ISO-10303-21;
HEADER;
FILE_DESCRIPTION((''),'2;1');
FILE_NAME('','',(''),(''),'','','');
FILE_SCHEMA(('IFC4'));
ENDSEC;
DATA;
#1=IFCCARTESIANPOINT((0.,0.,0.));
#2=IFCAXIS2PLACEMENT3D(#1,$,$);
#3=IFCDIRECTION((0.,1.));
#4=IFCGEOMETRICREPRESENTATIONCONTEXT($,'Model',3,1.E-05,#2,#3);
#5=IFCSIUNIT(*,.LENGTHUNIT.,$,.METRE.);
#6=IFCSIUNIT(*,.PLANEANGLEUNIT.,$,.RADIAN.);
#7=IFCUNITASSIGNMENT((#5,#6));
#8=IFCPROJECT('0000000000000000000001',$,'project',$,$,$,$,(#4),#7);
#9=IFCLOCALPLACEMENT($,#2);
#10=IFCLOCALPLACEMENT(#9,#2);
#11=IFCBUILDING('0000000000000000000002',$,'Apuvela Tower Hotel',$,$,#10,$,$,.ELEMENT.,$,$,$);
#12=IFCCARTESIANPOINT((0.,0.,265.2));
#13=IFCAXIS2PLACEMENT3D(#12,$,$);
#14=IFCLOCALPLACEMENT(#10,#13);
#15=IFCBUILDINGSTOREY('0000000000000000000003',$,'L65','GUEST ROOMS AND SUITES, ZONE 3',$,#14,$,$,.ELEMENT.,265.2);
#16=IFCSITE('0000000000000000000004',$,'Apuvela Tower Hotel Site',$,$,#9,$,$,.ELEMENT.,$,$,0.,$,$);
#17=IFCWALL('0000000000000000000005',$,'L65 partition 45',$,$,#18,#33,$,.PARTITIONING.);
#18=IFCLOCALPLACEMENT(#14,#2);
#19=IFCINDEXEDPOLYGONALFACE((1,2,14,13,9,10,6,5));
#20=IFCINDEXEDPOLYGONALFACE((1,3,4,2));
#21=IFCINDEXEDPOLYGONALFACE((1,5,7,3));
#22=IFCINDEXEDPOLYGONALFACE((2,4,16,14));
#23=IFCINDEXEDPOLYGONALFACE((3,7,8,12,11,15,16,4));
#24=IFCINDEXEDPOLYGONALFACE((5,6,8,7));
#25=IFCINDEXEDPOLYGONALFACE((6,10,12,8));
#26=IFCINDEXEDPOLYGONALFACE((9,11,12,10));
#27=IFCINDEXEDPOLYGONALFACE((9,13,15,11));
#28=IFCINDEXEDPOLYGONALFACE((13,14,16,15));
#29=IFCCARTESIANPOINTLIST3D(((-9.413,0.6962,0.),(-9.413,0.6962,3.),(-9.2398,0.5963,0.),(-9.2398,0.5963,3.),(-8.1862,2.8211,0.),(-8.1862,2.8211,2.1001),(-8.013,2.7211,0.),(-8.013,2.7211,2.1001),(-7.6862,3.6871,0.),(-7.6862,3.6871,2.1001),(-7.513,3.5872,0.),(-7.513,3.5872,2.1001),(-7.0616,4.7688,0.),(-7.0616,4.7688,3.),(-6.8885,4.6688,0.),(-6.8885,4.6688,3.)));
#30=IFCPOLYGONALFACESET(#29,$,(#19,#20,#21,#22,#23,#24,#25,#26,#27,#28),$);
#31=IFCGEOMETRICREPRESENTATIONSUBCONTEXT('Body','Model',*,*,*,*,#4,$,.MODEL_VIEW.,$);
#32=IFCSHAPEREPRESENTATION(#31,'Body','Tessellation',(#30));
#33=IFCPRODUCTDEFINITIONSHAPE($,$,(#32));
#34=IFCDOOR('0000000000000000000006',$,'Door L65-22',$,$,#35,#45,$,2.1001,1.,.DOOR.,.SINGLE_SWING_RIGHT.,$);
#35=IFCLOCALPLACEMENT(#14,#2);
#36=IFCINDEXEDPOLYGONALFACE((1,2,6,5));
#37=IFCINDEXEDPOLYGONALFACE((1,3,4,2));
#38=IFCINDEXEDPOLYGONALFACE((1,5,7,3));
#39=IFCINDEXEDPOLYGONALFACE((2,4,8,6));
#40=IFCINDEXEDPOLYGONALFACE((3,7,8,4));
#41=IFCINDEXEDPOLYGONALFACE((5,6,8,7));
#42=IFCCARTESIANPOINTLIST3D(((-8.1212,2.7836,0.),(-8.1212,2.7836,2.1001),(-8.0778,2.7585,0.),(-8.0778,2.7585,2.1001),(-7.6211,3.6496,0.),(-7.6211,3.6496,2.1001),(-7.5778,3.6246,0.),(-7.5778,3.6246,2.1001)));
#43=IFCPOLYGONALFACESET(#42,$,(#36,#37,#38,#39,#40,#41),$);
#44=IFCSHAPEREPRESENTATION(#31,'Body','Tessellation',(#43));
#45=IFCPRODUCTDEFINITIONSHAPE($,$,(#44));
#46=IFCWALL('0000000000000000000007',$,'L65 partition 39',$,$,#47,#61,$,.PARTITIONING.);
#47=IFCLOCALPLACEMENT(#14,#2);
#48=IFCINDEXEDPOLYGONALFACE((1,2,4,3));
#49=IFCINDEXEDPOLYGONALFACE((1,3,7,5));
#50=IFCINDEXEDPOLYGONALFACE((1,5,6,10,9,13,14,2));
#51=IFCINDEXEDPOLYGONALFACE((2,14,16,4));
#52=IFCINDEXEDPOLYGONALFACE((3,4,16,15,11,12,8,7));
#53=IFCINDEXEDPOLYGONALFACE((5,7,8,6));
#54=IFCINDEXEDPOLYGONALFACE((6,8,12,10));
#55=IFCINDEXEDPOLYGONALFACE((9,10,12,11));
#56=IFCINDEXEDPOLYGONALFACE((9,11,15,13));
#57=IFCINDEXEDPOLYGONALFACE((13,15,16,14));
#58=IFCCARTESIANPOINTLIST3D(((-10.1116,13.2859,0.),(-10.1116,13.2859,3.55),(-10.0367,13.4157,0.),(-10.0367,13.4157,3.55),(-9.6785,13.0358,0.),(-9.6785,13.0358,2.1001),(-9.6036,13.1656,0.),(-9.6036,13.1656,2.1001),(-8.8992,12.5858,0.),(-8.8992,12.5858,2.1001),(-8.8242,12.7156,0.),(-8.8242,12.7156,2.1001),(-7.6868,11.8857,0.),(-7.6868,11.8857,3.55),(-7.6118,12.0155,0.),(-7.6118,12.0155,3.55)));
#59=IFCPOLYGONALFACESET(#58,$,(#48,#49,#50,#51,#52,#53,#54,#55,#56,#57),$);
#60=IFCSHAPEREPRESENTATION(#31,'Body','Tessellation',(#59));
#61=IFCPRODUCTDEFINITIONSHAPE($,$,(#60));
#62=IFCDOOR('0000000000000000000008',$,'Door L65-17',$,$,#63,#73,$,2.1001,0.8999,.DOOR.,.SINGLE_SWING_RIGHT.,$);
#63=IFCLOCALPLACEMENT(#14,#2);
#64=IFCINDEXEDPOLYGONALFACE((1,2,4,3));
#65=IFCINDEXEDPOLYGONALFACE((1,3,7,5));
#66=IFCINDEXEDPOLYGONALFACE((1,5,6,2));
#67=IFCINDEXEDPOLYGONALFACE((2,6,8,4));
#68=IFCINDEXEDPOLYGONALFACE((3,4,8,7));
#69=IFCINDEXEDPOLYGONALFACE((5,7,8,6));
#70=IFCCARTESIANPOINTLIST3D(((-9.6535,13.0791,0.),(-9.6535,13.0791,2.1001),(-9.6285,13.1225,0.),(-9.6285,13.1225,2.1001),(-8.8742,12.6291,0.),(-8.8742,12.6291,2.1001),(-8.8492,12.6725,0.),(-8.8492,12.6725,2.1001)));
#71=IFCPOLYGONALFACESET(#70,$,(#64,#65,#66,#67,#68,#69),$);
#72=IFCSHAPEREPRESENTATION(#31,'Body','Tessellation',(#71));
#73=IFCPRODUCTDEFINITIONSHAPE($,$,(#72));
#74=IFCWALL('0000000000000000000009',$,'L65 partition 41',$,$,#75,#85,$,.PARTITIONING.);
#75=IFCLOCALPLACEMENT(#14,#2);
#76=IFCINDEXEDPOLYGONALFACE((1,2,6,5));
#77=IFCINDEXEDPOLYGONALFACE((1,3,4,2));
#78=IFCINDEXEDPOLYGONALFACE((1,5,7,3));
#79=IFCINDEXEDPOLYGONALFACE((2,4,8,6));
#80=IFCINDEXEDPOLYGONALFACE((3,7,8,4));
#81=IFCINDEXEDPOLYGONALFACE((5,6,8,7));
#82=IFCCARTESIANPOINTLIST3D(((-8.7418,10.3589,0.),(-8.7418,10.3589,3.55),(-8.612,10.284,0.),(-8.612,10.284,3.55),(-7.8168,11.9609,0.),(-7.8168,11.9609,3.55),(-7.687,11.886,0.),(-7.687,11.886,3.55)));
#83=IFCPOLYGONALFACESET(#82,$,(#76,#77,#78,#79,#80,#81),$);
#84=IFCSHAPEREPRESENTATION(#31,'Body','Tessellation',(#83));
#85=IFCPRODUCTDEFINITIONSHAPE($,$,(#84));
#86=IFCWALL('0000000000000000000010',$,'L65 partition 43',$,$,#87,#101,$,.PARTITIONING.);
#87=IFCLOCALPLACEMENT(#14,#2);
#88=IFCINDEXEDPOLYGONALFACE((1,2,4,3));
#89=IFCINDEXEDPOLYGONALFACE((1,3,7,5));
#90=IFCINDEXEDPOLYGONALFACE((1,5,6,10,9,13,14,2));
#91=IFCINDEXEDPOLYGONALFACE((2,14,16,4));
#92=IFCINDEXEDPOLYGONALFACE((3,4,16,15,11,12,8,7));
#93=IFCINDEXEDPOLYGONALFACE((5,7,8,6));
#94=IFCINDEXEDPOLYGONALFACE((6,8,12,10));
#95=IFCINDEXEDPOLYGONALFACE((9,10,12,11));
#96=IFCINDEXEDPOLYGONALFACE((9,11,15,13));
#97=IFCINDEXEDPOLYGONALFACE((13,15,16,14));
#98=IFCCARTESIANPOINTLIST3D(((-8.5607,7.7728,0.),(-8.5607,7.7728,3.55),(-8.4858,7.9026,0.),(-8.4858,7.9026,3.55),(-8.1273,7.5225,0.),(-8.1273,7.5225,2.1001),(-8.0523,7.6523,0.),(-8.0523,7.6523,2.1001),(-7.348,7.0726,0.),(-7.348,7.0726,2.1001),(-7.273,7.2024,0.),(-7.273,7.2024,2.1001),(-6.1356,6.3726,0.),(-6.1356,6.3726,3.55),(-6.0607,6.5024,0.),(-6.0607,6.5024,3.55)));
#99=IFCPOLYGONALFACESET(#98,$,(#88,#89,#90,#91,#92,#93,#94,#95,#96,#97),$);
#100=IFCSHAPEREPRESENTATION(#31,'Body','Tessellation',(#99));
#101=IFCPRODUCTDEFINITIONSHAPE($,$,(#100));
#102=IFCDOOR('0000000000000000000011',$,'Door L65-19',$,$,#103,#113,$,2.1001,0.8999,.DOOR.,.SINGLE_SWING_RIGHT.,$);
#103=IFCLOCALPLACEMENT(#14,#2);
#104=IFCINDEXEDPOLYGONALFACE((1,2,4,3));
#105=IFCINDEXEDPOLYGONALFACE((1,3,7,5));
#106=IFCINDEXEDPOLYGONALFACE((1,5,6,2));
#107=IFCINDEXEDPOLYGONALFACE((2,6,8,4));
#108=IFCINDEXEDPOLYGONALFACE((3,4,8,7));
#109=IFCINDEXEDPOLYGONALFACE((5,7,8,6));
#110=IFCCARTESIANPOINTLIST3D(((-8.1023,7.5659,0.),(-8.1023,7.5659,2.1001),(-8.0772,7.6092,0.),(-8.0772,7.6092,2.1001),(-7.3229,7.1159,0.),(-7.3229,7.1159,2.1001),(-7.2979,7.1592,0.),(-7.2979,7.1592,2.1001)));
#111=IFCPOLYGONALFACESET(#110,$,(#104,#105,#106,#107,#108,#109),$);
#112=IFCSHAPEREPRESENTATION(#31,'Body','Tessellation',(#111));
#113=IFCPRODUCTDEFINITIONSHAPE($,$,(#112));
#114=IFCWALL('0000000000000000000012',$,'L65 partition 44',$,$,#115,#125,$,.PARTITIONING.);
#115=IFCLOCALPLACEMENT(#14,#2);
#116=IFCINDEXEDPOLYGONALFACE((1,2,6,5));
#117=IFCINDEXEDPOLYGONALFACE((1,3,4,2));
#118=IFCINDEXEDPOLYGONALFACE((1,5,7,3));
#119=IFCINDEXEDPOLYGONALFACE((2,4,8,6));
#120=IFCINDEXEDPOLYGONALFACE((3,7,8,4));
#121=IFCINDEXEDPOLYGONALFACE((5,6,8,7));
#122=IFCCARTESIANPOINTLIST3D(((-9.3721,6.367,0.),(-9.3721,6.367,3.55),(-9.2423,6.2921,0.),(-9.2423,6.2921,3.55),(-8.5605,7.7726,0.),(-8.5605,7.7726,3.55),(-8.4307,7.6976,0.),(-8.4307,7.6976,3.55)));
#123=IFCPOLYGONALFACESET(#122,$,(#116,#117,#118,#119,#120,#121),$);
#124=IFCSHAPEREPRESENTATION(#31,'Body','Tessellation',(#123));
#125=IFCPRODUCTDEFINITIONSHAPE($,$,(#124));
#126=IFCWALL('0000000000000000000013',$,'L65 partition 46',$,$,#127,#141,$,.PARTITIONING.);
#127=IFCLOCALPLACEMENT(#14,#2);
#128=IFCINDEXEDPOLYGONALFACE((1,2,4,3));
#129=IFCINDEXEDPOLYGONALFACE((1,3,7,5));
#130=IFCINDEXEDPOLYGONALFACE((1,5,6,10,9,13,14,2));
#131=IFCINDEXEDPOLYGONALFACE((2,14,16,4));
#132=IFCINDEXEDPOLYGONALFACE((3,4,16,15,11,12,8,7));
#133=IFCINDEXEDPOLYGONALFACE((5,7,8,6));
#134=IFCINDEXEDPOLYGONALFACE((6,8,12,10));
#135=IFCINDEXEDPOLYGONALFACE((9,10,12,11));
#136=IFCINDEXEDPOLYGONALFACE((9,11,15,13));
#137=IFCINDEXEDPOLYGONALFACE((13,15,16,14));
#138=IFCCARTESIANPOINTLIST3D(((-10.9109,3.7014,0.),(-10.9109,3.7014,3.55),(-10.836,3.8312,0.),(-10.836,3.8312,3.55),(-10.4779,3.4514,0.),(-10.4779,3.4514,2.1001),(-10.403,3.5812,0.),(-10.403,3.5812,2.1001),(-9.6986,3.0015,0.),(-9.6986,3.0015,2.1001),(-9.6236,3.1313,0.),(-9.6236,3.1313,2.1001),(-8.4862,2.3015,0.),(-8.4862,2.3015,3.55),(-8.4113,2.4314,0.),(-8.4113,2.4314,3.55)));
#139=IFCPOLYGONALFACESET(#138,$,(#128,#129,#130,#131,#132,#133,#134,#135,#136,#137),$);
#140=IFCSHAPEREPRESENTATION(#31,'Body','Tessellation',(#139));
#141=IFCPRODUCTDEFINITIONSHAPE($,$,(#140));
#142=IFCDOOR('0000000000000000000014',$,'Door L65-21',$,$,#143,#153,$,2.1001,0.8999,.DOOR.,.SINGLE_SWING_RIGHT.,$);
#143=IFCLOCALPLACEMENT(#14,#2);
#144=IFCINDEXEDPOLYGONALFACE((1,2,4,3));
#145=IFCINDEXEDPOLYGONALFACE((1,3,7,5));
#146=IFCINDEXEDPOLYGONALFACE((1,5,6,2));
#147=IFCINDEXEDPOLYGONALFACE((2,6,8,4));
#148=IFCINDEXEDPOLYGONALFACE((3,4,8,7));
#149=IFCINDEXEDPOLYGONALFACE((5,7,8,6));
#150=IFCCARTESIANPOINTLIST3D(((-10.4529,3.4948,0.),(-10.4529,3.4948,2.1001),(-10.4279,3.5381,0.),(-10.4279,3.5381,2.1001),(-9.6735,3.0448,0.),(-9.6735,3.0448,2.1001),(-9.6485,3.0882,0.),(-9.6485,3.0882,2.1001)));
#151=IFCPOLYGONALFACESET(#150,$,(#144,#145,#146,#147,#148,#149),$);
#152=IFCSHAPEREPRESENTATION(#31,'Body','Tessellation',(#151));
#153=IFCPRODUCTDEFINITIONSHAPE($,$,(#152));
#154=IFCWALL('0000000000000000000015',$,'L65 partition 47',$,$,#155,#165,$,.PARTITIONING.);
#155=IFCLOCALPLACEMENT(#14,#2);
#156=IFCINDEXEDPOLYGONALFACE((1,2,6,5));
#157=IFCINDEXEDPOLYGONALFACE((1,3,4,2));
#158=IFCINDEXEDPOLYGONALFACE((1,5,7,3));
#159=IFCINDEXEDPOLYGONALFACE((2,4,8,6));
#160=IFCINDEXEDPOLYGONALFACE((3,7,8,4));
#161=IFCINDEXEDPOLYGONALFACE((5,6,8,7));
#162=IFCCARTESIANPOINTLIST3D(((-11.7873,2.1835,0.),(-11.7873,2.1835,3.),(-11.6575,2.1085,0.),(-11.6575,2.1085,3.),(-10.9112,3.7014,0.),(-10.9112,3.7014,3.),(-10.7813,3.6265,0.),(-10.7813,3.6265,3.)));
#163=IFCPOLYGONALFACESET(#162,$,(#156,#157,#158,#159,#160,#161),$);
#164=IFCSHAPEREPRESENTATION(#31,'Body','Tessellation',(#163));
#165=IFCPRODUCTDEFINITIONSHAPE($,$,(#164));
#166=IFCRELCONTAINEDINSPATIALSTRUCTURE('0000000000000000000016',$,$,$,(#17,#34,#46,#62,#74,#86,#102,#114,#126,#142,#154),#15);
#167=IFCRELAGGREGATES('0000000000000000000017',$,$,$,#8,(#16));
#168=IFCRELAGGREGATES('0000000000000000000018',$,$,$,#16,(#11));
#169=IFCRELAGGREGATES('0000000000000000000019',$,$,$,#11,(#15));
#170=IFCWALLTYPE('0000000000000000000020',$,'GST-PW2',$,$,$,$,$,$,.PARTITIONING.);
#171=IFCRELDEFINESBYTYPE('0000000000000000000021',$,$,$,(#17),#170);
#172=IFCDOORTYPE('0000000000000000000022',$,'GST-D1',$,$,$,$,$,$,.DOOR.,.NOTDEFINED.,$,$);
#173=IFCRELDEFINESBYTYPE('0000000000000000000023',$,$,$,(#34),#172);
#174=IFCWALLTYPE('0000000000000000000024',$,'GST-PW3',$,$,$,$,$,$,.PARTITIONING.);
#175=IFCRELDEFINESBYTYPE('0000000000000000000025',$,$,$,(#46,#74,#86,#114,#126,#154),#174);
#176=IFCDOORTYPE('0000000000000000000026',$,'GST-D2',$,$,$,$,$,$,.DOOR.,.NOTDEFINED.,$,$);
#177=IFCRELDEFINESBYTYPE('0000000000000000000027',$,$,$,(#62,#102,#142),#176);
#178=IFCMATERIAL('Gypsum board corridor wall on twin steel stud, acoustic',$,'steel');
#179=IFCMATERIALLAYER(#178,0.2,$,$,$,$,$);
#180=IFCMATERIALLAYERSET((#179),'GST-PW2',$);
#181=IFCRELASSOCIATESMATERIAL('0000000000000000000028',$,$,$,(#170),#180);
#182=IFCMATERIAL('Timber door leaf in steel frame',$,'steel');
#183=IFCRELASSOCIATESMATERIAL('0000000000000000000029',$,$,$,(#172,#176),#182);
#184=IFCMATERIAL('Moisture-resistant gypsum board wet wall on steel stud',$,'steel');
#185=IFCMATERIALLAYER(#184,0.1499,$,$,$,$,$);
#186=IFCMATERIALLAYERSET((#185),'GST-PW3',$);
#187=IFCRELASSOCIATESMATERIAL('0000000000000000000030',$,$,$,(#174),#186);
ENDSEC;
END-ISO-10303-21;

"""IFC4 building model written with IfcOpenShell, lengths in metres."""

from ifc_helpers import new_model, si_unit, direction, frame, frame_2d, origin, place, context, subcontext, project, spatial, rectangle, extrude, material, layer, layer_set, type_object, element, fill, save


model = new_model("IFC4")

# Units and contexts
model_context = context("Model", 3, precision=1e-05, world=origin(), true_north=direction((0.0, 1.0)))
body_context = subcontext(model_context, "Body", "Model", "MODEL_VIEW")
ifc_project = project(units=[si_unit("LENGTHUNIT", "METRE"), si_unit("PLANEANGLEUNIT", "RADIAN")], contexts=[model_context])

# Site, building, storey
site_placement = place(None, origin())
site = spatial("IfcSite", under=ifc_project, at=site_placement, Name="Apuvela Tower Hotel Site", CompositionType="ELEMENT", RefElevation=0.0)
building_placement = place(site_placement, origin())
building = spatial("IfcBuilding", under=site, at=building_placement, Name="Apuvela Tower Hotel", CompositionType="ELEMENT")
storey_placement = place(building_placement, frame((0.0, 0.0, 265.2)))
storey = spatial("IfcBuildingStorey", under=building, at=storey_placement, Name="L65", Description="GUEST ROOMS AND SUITES, ZONE 3", CompositionType="ELEMENT", Elevation=265.2)

# Walls, openings, doors
ifc_material_1 = material(Name="Gypsum board corridor wall on twin steel stud, acoustic", Category="steel")
ifc_layer_1 = layer(ifc_material_1, 0.2)
ifc_layer_set_1 = layer_set([ifc_layer_1], Name="GST-PW2")
wall_type_1 = type_object("IfcWallType", Name="GST-PW2", PredefinedType="PARTITIONING", material=ifc_layer_set_1)
ifc_material_2 = material(Name="Timber door leaf in steel frame", Category="steel")
door_type_1 = type_object("IfcDoorType", Name="GST-D1", OperationType="NOTDEFINED", PredefinedType="DOOR", material=ifc_material_2)
wall_1_placement = place(storey_placement, frame((-9.3264, 0.6462, 0.0), z_axis=(0.0, 0.0, 1.0), x_axis=(0.500009, 0.86602, 0.0)))
wall_1 = element("IfcWall", 1, at=wall_1_placement, inside=storey, type_object=wall_type_1, Name="L65 partition 45", PredefinedType="PARTITIONING", context=body_context, shape_type="SweptSolid", body=[
    extrude(rectangle(XDim=4.7026, YDim=0.2, at=frame_2d((2.3513, 0.0))), origin(), (0.0, 0.0, 1.0), 3.0),
])
opening_1_placement = place(wall_1_placement, frame((2.4536, 0.0, 0.0)))
opening_1 = element("IfcOpeningElement", 2, at=opening_1_placement, cuts=wall_1, PredefinedType="OPENING", context=body_context, shape_type="SweptSolid", body=[
    extrude(rectangle(XDim=1.0, YDim=2.1001, at=frame_2d((0.5, 1.05))), frame((0.0, 0.1099, 0.0), z_axis=(0.0, -1.0, 0.0), x_axis=(1.0, 0.0, 0.0)), (0.0, 0.0, 1.0), 0.22),
])
door_1_placement = place(opening_1_placement, origin())
door_1 = element("IfcDoor", 3, at=door_1_placement, inside=storey, type_object=door_type_1, Name="Door L65-22", OperationType="SINGLE_SWING_RIGHT", OverallHeight=2.1001, OverallWidth=1.0, PredefinedType="DOOR", context=body_context, shape_type="SweptSolid", body=[
    extrude(rectangle(XDim=1.0, YDim=2.1001, at=frame_2d((0.5, 1.05))), frame((0.0, 0.0249, 0.0), z_axis=(0.0, -1.0, 0.0), x_axis=(1.0, 0.0, 0.0)), (0.0, 0.0, 1.0), 0.05),
])
fill(opening_1, door_1)
ifc_material_3 = material(Name="Moisture-resistant gypsum board wet wall on steel stud", Category="steel")
ifc_layer_2 = layer(ifc_material_3, 0.1499)
ifc_layer_set_2 = layer_set([ifc_layer_2], Name="GST-PW3")
wall_type_2 = type_object("IfcWallType", Name="GST-PW3", PredefinedType="PARTITIONING", material=ifc_layer_set_2)
wall_2_placement = place(storey_placement, frame((-7.6494, 11.9507, 0.0), z_axis=(0.0, 0.0, 1.0), x_axis=(-0.865997, 0.50005, 0.0)))
wall_2 = element("IfcWall", 4, at=wall_2_placement, inside=storey, type_object=wall_type_2, Name="L65 partition 39", PredefinedType="PARTITIONING", context=body_context, shape_type="SweptSolid", body=[
    extrude(rectangle(XDim=2.8, YDim=0.1499, at=frame_2d((1.3999, 0.0))), origin(), (0.0, 0.0, 1.0), 3.55),
])
opening_2_placement = place(wall_2_placement, frame((1.3999, 0.0, 0.0)))
opening_2 = element("IfcOpeningElement", 5, at=opening_2_placement, cuts=wall_2, PredefinedType="OPENING", context=body_context, shape_type="SweptSolid", body=[
    extrude(rectangle(XDim=0.8999, YDim=2.1001, at=frame_2d((0.45, 1.05))), frame((0.0, 0.085, 0.0), z_axis=(0.0, -1.0, 0.0), x_axis=(1.0, 0.0, 0.0)), (0.0, 0.0, 1.0), 0.1699),
])
door_type_2 = type_object("IfcDoorType", Name="GST-D2", OperationType="NOTDEFINED", PredefinedType="DOOR", material=ifc_material_2)
door_2_placement = place(opening_2_placement, origin())
door_2 = element("IfcDoor", 6, at=door_2_placement, inside=storey, type_object=door_type_2, Name="Door L65-17", OperationType="SINGLE_SWING_RIGHT", OverallHeight=2.1001, OverallWidth=0.8999, PredefinedType="DOOR", context=body_context, shape_type="SweptSolid", body=[
    extrude(rectangle(XDim=0.8999, YDim=2.1001, at=frame_2d((0.45, 1.05))), frame((0.0, 0.0249, 0.0), z_axis=(0.0, -1.0, 0.0), x_axis=(1.0, 0.0, 0.0)), (0.0, 0.0, 1.0), 0.05),
])
fill(opening_2, door_2)

# Wall
wall_3_placement = place(storey_placement, frame((-7.752, 11.9233, 0.0), z_axis=(0.0, 0.0, 1.0), x_axis=(-0.500042, -0.866001, 0.0)))
element("IfcWall", 7, at=wall_3_placement, inside=storey, type_object=wall_type_2, Name="L65 partition 41", PredefinedType="PARTITIONING", context=body_context, shape_type="SweptSolid", body=[
    extrude(rectangle(XDim=1.8499, YDim=0.1499, at=frame_2d((0.9248, 0.0))), origin(), (0.0, 0.0, 1.0), 3.55),
])

# Wall, opening, door
wall_4_placement = place(storey_placement, frame((-6.0981, 6.4375, 0.0), z_axis=(0.0, 0.0, 1.0), x_axis=(-0.866019, 0.500012, 0.0)))
wall_4 = element("IfcWall", 8, at=wall_4_placement, inside=storey, type_object=wall_type_2, Name="L65 partition 43", PredefinedType="PARTITIONING", context=body_context, shape_type="SweptSolid", body=[
    extrude(rectangle(XDim=2.8003, YDim=0.1499, at=frame_2d((1.4001, 0.0))), origin(), (0.0, 0.0, 1.0), 3.55),
])
opening_3_placement = place(wall_4_placement, frame((1.3999, 0.0, 0.0)))
opening_3 = element("IfcOpeningElement", 9, at=opening_3_placement, cuts=wall_4, PredefinedType="OPENING", context=body_context, shape_type="SweptSolid", body=[
    extrude(rectangle(XDim=0.8999, YDim=2.1001, at=frame_2d((0.45, 1.05))), frame((0.0, 0.085, 0.0), z_axis=(0.0, -1.0, 0.0), x_axis=(1.0, 0.0, 0.0)), (0.0, 0.0, 1.0), 0.1699),
])
door_3_placement = place(opening_3_placement, origin())
door_3 = element("IfcDoor", 10, at=door_3_placement, inside=storey, type_object=door_type_2, Name="Door L65-19", OperationType="SINGLE_SWING_RIGHT", OverallHeight=2.1001, OverallWidth=0.8999, PredefinedType="DOOR", context=body_context, shape_type="SweptSolid", body=[
    extrude(rectangle(XDim=0.8999, YDim=2.1001, at=frame_2d((0.45, 1.05))), frame((0.0, 0.0249, 0.0), z_axis=(0.0, -1.0, 0.0), x_axis=(1.0, 0.0, 0.0)), (0.0, 0.0, 1.0), 0.05),
])
fill(opening_3, door_3)

# Wall
wall_5_placement = place(storey_placement, frame((-8.4956, 7.7351, 0.0), z_axis=(0.0, 0.0, 1.0), x_axis=(-0.500022, -0.866013, 0.0)))
element("IfcWall", 11, at=wall_5_placement, inside=storey, type_object=wall_type_2, Name="L65 partition 44", PredefinedType="PARTITIONING", context=body_context, shape_type="SweptSolid", body=[
    extrude(rectangle(XDim=1.623, YDim=0.1499, at=frame_2d((0.8115, 0.0))), origin(), (0.0, 0.0, 1.0), 3.55),
])

# Wall, opening, door
wall_6_placement = place(storey_placement, frame((-8.4487, 2.3665, 0.0), z_axis=(0.0, 0.0, 1.0), x_axis=(-0.866035, 0.499984, 0.0)))
wall_6 = element("IfcWall", 12, at=wall_6_placement, inside=storey, type_object=wall_type_2, Name="L65 partition 46", PredefinedType="PARTITIONING", context=body_context, shape_type="SweptSolid", body=[
    extrude(rectangle(XDim=2.7998, YDim=0.1499, at=frame_2d((1.3999, 0.0))), origin(), (0.0, 0.0, 1.0), 3.55),
])
opening_4_placement = place(wall_6_placement, frame((1.3999, 0.0, 0.0)))
opening_4 = element("IfcOpeningElement", 13, at=opening_4_placement, cuts=wall_6, PredefinedType="OPENING", context=body_context, shape_type="SweptSolid", body=[
    extrude(rectangle(XDim=0.8999, YDim=2.1001, at=frame_2d((0.45, 1.05))), frame((0.0, 0.085, 0.0), z_axis=(0.0, -1.0, 0.0), x_axis=(1.0, 0.0, 0.0)), (0.0, 0.0, 1.0), 0.1699),
])
door_4_placement = place(opening_4_placement, origin())
door_4 = element("IfcDoor", 14, at=door_4_placement, inside=storey, type_object=door_type_2, Name="Door L65-21", OperationType="SINGLE_SWING_RIGHT", OverallHeight=2.1001, OverallWidth=0.8999, PredefinedType="DOOR", context=body_context, shape_type="SweptSolid", body=[
    extrude(rectangle(XDim=0.8999, YDim=2.1001, at=frame_2d((0.45, 1.05))), frame((0.0, 0.0249, 0.0), z_axis=(0.0, -1.0, 0.0), x_axis=(1.0, 0.0, 0.0)), (0.0, 0.0, 1.0), 0.05),
])
fill(opening_4, door_4)

# Wall
wall_7_placement = place(storey_placement, frame((-10.8462, 3.6641, 0.0), z_axis=(0.0, 0.0, 1.0), x_axis=(-0.499899, -0.866084, 0.0)))
element("IfcWall", 15, at=wall_7_placement, inside=storey, type_object=wall_type_2, Name="L65 partition 47", PredefinedType="PARTITIONING", context=body_context, shape_type="SweptSolid", body=[
    extrude(rectangle(XDim=1.7527, YDim=0.1499, at=frame_2d((0.8765, 0.0))), origin(), (0.0, 0.0, 1.0), 3.0),
])

save(model, "model.ifc")
